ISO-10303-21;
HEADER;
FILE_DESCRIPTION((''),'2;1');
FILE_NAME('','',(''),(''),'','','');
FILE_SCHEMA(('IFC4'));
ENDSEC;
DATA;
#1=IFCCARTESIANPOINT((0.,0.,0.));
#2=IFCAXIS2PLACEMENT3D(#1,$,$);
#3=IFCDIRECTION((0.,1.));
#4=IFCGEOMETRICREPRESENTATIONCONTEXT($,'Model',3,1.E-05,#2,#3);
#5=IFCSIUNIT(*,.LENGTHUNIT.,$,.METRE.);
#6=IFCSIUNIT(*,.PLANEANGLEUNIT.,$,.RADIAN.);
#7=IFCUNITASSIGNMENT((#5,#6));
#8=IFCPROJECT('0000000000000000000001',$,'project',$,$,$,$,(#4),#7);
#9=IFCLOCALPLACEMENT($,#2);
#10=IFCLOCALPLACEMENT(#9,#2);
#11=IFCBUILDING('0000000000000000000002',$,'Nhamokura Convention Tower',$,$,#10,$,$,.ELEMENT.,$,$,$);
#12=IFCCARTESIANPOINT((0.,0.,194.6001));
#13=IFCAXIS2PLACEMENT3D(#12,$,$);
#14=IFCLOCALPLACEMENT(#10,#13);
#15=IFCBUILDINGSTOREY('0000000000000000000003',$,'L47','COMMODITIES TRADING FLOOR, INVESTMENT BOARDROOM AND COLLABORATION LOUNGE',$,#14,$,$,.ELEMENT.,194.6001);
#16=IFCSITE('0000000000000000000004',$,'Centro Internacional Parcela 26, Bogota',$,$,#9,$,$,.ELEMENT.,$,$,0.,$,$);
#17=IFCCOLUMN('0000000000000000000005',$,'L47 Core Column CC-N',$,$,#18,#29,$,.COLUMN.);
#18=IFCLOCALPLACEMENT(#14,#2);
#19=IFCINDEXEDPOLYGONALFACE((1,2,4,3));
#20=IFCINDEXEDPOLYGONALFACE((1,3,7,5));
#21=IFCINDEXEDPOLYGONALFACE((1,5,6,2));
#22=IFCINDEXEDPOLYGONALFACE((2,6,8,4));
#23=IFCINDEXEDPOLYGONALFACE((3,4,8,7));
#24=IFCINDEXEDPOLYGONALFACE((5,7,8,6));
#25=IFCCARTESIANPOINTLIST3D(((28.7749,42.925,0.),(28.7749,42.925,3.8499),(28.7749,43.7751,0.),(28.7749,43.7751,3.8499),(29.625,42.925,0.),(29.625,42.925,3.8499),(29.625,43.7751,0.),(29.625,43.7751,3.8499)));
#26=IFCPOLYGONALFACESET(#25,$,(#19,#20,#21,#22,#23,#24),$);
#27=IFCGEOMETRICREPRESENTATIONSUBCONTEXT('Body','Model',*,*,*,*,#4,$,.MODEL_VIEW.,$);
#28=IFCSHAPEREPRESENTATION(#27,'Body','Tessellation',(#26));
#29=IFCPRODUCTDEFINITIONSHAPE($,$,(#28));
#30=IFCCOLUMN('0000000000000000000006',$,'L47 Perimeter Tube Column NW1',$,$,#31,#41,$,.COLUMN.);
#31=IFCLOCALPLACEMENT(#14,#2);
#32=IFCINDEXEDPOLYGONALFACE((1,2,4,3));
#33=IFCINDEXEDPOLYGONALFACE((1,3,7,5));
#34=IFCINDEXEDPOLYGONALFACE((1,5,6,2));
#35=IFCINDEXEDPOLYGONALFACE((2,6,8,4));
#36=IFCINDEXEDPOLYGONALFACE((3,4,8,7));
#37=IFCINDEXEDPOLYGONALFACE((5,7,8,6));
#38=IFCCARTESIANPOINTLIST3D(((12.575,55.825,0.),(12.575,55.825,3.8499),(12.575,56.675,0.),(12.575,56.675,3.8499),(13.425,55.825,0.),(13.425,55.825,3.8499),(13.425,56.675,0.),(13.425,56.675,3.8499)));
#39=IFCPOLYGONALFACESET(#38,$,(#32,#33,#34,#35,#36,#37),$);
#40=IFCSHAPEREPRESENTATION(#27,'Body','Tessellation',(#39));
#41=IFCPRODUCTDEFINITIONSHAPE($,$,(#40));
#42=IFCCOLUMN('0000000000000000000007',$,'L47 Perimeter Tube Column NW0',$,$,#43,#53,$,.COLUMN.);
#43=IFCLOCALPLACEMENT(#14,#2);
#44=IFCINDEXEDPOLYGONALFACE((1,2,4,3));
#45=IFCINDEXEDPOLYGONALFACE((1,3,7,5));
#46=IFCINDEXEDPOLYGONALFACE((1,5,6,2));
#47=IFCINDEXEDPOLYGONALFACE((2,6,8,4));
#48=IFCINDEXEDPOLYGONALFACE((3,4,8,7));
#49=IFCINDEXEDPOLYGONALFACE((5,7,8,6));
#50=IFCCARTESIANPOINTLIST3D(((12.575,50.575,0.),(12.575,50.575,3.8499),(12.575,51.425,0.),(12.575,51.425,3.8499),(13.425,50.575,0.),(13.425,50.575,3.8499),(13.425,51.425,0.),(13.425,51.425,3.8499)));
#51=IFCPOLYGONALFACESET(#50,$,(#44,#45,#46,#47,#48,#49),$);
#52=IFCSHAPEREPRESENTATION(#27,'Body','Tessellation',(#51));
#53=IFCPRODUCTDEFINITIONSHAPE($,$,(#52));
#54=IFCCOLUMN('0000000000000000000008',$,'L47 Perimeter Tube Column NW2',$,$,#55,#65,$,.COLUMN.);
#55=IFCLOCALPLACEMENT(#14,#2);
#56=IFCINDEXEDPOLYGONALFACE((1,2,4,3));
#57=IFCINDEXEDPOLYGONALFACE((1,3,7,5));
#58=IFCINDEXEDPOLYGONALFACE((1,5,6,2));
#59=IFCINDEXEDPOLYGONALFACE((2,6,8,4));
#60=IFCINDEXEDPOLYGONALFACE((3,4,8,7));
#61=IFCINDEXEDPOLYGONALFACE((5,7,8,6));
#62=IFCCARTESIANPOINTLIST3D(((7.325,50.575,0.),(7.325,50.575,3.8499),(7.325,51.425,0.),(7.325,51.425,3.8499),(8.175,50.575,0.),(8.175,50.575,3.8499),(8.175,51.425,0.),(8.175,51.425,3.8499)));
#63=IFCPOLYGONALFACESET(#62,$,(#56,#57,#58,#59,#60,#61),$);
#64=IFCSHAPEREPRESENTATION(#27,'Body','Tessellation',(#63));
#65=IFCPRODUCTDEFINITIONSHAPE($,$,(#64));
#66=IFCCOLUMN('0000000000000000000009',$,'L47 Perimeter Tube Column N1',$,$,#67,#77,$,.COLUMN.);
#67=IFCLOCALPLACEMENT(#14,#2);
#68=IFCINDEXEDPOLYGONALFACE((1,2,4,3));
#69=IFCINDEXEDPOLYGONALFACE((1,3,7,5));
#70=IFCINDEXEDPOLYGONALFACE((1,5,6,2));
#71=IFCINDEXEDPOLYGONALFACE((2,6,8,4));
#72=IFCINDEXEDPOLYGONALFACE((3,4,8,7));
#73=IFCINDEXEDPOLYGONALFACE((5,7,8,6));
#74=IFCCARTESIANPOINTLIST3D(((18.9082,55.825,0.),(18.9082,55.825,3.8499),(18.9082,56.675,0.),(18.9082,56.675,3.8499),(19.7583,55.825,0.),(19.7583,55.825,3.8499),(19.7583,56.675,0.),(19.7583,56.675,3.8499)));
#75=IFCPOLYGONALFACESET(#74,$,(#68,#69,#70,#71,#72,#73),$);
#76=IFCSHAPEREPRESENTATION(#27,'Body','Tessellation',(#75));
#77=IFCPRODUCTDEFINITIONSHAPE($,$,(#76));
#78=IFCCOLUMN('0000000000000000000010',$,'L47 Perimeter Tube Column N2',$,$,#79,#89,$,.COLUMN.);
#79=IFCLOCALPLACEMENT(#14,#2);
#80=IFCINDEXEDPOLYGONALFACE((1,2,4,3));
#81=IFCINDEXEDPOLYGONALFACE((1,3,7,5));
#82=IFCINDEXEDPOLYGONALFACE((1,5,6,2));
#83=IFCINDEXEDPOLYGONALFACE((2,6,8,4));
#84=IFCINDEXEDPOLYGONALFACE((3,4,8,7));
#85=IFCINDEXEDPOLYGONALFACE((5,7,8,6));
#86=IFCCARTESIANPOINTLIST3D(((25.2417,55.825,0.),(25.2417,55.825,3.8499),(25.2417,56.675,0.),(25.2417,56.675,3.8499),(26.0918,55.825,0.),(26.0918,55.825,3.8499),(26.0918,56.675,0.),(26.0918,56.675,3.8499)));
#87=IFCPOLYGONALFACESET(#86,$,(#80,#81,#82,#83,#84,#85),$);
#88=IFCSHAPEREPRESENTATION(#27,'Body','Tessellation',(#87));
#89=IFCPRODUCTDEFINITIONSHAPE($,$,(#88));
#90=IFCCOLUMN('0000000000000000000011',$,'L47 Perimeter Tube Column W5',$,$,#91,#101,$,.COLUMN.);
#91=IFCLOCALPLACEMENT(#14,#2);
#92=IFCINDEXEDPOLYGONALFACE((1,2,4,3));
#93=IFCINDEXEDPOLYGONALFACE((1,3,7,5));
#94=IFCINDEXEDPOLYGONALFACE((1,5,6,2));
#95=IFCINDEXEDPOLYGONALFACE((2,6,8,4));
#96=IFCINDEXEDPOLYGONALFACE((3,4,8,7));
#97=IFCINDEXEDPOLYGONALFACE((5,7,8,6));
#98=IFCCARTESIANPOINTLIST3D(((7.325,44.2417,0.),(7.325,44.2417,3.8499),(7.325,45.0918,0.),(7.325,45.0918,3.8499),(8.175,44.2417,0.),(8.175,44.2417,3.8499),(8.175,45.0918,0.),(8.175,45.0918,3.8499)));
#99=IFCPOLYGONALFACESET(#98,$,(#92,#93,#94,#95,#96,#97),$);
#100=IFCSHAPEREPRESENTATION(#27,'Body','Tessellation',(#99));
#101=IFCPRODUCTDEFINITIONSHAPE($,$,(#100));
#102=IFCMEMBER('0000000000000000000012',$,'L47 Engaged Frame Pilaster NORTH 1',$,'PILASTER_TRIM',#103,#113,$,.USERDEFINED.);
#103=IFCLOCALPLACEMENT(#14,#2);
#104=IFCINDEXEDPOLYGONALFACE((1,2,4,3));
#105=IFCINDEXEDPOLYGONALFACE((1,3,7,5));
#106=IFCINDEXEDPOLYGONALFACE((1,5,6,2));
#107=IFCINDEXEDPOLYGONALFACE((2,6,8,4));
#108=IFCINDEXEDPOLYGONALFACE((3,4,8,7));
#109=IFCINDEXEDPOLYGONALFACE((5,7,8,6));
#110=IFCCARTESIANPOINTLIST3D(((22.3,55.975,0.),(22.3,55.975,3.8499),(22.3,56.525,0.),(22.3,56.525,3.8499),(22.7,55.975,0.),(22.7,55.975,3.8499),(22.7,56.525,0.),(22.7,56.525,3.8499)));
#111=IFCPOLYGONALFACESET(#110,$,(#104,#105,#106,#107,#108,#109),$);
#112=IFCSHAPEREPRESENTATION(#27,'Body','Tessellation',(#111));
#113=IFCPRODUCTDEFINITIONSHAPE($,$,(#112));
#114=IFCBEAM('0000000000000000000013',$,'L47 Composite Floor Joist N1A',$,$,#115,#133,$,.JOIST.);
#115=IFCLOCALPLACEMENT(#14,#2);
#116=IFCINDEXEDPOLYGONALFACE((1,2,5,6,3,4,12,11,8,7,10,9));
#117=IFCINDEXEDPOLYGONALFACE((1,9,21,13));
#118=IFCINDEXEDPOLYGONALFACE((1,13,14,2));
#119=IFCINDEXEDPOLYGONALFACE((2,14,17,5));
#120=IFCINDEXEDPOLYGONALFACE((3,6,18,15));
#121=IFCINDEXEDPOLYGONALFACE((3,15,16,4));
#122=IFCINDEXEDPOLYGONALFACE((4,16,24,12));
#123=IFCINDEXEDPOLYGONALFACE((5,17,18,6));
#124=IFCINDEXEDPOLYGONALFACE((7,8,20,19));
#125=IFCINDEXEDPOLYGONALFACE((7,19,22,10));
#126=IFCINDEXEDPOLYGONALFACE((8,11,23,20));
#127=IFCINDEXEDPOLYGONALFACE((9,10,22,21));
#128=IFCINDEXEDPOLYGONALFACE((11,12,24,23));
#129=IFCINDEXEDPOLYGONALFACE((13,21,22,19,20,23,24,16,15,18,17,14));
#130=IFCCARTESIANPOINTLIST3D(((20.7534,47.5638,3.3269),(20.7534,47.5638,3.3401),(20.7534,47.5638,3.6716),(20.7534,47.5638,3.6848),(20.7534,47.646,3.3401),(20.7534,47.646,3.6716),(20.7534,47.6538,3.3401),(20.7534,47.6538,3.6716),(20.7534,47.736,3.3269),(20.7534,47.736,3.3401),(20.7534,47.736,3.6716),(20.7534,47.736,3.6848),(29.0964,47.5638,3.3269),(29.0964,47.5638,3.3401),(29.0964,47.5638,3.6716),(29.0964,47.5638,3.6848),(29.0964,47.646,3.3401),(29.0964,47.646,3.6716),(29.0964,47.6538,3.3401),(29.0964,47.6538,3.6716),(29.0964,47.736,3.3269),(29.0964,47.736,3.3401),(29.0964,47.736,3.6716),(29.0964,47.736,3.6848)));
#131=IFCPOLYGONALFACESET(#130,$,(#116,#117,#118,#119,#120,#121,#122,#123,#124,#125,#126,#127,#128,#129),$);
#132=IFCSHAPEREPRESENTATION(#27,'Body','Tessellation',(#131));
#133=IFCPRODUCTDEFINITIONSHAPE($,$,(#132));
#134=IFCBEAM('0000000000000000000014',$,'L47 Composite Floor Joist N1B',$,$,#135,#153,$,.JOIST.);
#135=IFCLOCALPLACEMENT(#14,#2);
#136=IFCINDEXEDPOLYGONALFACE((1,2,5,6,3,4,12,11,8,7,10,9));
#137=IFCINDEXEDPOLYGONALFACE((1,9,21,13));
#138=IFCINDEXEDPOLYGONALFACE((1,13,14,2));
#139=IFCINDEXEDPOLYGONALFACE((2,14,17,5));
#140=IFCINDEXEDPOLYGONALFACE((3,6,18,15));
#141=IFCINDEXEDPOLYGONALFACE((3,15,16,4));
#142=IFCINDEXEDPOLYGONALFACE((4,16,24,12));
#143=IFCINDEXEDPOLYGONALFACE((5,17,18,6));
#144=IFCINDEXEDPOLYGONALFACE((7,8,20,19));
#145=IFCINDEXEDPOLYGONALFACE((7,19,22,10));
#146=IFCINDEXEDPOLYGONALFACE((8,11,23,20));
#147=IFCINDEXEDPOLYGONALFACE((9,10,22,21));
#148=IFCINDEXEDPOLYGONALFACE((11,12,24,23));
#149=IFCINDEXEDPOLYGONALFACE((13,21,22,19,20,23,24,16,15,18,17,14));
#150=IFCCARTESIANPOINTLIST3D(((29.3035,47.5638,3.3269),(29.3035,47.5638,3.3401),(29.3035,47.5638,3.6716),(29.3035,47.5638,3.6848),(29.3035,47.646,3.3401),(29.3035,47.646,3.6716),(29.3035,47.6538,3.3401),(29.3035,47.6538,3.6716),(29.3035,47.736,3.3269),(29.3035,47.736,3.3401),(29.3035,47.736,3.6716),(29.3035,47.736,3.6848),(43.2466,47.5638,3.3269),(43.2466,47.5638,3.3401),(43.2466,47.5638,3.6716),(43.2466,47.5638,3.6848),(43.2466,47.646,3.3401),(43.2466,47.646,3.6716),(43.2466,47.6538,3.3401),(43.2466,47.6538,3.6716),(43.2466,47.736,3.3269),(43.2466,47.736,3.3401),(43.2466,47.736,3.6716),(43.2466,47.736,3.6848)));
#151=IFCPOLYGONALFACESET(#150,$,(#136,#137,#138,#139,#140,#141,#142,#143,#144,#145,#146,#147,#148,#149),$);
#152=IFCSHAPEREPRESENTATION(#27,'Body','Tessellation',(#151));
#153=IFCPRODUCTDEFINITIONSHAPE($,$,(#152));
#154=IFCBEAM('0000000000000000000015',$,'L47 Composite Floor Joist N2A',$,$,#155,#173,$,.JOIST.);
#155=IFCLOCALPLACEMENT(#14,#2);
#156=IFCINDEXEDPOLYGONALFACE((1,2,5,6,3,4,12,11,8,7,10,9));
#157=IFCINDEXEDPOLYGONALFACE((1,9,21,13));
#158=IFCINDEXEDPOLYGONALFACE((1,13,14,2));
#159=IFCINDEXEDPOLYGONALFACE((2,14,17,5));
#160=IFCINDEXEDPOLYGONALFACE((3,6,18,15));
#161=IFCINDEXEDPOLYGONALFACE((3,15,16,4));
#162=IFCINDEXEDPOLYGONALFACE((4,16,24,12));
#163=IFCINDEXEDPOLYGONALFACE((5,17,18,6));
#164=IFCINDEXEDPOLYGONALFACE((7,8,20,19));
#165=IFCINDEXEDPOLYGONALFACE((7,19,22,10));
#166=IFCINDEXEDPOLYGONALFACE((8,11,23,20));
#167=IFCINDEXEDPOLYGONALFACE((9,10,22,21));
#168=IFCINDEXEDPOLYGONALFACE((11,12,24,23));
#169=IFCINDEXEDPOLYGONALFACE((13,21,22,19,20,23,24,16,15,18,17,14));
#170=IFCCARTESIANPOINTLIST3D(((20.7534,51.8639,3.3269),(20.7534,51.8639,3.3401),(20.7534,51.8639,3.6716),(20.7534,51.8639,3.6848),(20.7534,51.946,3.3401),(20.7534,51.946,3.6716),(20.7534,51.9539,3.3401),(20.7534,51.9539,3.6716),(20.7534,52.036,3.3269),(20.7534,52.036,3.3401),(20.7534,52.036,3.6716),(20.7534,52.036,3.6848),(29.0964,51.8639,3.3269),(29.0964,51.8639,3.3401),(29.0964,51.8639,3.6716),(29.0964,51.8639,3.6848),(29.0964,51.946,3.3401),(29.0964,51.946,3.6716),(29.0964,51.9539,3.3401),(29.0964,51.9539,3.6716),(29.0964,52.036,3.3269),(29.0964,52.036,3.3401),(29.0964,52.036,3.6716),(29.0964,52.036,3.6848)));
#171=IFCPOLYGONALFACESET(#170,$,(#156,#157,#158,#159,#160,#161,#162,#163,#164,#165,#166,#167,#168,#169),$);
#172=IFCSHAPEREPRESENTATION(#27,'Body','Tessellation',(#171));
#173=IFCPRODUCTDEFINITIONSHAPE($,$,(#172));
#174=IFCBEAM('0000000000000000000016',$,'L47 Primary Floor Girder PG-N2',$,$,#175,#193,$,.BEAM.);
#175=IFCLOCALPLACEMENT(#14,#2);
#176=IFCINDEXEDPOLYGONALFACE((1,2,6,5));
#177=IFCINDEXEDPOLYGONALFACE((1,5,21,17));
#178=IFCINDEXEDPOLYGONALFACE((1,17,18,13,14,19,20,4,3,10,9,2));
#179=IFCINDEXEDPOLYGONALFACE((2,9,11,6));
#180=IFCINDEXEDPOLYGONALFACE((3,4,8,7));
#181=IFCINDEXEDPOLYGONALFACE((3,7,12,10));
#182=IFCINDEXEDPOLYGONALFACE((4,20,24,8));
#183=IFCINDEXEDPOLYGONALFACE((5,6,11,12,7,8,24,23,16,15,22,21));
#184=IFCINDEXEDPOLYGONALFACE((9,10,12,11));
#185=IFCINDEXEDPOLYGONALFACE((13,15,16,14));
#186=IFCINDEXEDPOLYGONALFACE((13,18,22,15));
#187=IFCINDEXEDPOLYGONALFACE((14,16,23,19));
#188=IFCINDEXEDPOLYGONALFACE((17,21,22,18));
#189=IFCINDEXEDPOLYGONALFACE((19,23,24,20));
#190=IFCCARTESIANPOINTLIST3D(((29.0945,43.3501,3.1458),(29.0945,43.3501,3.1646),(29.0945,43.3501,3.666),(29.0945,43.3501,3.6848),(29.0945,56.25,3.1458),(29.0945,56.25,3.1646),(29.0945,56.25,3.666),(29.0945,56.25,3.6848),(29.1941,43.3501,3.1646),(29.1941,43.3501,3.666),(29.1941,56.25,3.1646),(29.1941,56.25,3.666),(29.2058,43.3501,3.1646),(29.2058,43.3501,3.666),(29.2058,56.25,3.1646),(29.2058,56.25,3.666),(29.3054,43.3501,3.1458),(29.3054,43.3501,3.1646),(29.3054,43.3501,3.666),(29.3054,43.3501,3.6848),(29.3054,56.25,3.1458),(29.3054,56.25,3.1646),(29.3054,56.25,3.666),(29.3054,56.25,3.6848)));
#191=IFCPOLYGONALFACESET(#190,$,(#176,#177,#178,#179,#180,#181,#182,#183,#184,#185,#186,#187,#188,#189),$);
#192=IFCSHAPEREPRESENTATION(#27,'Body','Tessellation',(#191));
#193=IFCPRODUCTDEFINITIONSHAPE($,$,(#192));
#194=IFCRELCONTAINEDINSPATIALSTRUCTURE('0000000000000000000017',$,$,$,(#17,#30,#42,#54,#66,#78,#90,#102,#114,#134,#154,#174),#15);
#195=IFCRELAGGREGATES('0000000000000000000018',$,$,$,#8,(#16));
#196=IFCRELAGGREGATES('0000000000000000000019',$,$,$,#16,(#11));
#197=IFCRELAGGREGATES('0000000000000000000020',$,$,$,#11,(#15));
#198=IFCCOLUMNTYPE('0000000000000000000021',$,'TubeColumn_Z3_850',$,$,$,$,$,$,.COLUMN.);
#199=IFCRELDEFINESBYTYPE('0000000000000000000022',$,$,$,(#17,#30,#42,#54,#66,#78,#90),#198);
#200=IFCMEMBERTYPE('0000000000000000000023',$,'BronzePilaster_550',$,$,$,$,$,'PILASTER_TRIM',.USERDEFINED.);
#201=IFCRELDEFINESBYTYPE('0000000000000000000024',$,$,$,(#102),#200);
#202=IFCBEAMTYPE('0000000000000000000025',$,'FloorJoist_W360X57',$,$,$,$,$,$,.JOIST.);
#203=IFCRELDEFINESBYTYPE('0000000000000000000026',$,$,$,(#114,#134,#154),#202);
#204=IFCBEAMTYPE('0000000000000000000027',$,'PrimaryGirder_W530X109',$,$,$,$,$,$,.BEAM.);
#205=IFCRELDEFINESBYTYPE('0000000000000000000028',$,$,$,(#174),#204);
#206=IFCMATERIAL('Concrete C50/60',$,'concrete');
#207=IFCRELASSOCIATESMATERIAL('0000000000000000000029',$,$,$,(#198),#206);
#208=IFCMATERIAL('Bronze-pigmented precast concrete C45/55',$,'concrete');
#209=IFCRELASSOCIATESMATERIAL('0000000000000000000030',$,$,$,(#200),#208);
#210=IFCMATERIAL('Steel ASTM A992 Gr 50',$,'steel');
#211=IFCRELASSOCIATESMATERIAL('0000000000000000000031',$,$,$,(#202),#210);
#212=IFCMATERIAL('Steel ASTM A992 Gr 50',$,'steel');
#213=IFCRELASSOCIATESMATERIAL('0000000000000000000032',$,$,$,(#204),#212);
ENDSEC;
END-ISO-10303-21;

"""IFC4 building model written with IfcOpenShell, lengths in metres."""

from ifc_helpers import new_model, si_unit, direction, frame, origin, origin_2d, place, context, subcontext, project, spatial, rectangle, i_section, extrude, material, material_profile, profile_set, type_object, element, save


model = new_model("IFC4")

# Units and contexts
model_context = context("Model", 3, precision=1e-05, world=origin(), true_north=direction((0.0, 1.0)))
body_context = subcontext(model_context, "Body", "Model", "MODEL_VIEW")
ifc_project = project(units=[si_unit("LENGTHUNIT", "METRE"), si_unit("PLANEANGLEUNIT", "RADIAN")], contexts=[model_context])

# Site, building, storey
site_placement = place(None, origin())
site = spatial("IfcSite", under=ifc_project, at=site_placement, Name="Centro Internacional Parcela 26, Bogota", CompositionType="ELEMENT", RefElevation=0.0)
building_placement = place(site_placement, origin())
building = spatial("IfcBuilding", under=site, at=building_placement, Name="Nhamokura Convention Tower", CompositionType="ELEMENT")
storey_placement = place(building_placement, frame((0.0, 0.0, 194.6001)))
storey = spatial("IfcBuildingStorey", under=building, at=storey_placement, Name="L47", Description="COMMODITIES TRADING FLOOR, INVESTMENT BOARDROOM AND COLLABORATION LOUNGE", CompositionType="ELEMENT", Elevation=194.6001)

# Columns
ifc_material_1 = material(Name="Concrete C50/60", Category="concrete")
ifc_material_profile_1 = material_profile(ifc_material_1, rectangle(XDim=0.8501, YDim=0.8501, at=origin_2d()))
ifc_profile_set_1 = profile_set([ifc_material_profile_1], Name="Concrete C50/60")
column_type = type_object("IfcColumnType", Name="TubeColumn_Z3_850", PredefinedType="COLUMN", material=ifc_profile_set_1)
for number, where, z_axis, x_axis, name in (
    (1, (29.2, 43.3501, 0.0), (0.0, 0.0, 1.0), (1.0, 0.0, 0.0), "L47 Core Column CC-N"),
    (2, (13.0, 56.25, 0.0), (0.0, 0.0, 1.0), (1.0, 0.0, 0.0), "L47 Perimeter Tube Column NW1"),
    (3, (13.0, 51.0, 0.0), (0.0, 0.0, 1.0), (1.0, 0.0, 0.0), "L47 Perimeter Tube Column NW0"),
    (4, (7.75, 51.0, 0.0), (0.0, 0.0, 1.0), (1.0, 0.0, 0.0), "L47 Perimeter Tube Column NW2"),
    (5, (19.3333, 56.25, 0.0), (0.0, 0.0, 1.0), (1.0, 0.0, 0.0), "L47 Perimeter Tube Column N1"),
    (6, (25.6667, 56.25, 0.0), (0.0, 0.0, 1.0), (1.0, 0.0, 0.0), "L47 Perimeter Tube Column N2"),
    (7, (7.75, 44.6667, 0.0), (0.0, 0.0, 1.0), (1.0, 0.0, 0.0), "L47 Perimeter Tube Column W5"),
):
    element("IfcColumn", number, at=place(storey_placement, frame(where, z_axis=z_axis, x_axis=x_axis)), inside=storey, type_object=column_type, Name=name, PredefinedType="COLUMN", context=body_context, shape_type="SweptSolid", body=[
        extrude(rectangle(XDim=0.8501, YDim=0.8501, at=origin_2d()), origin(), (0.0, 0.0, 1.0), 3.8499),
    ])

# Member
ifc_material_2 = material(Name="Bronze-pigmented precast concrete C45/55", Category="concrete")
ifc_material_profile_2 = material_profile(ifc_material_2, rectangle(XDim=0.3999, YDim=0.55, at=origin_2d()))
ifc_profile_set_2 = profile_set([ifc_material_profile_2], Name="Bronze-pigmented precast concrete C45/55")
member_type_1 = type_object("IfcMemberType", Name="BronzePilaster_550", ElementType="PILASTER_TRIM", PredefinedType="USERDEFINED", material=ifc_profile_set_2)
member_placement = place(storey_placement, frame((22.5, 56.25, 0.0), z_axis=(0.0, 0.0, 1.0), x_axis=(1.0, 0.0, 0.0)))
element("IfcMember", 8, at=member_placement, inside=storey, type_object=member_type_1, Name="L47 Engaged Frame Pilaster NORTH 1", ObjectType="PILASTER_TRIM", PredefinedType="USERDEFINED", context=body_context, shape_type="SweptSolid", body=[
    extrude(rectangle(XDim=0.3999, YDim=0.55, at=origin_2d()), origin(), (0.0, 0.0, 1.0), 3.8499),
])

# Beams
ifc_material_3 = material(Name="Steel ASTM A992 Gr 50", Category="steel")
ifc_material_profile_3 = material_profile(ifc_material_3, i_section(OverallWidth=0.1721, OverallDepth=0.3579, WebThickness=0.0078, FlangeThickness=0.0132, at=origin_2d()))
ifc_profile_set_3 = profile_set([ifc_material_profile_3], Name="Steel ASTM A992 Gr 50")
beam_type_1 = type_object("IfcBeamType", Name="FloorJoist_W360X57", PredefinedType="JOIST", material=ifc_profile_set_3)
beam_1_placement = place(storey_placement, frame((20.7534, 47.6499, 3.5059), z_axis=(1.0, 0.0, 0.0), x_axis=(0.0, 1.0, 0.0)))
element("IfcBeam", 9, at=beam_1_placement, inside=storey, type_object=beam_type_1, Name="L47 Composite Floor Joist N1A", PredefinedType="JOIST", context=body_context, shape_type="SweptSolid", body=[
    extrude(i_section(OverallWidth=0.1721, OverallDepth=0.3579, WebThickness=0.0078, FlangeThickness=0.0132, at=origin_2d()), origin(), (0.0, 0.0, 1.0), 8.343),
])
beam_2_placement = place(storey_placement, frame((29.3035, 47.6499, 3.5059), z_axis=(1.0, 0.0, 0.0), x_axis=(0.0, 1.0, 0.0)))
element("IfcBeam", 10, at=beam_2_placement, inside=storey, type_object=beam_type_1, Name="L47 Composite Floor Joist N1B", PredefinedType="JOIST", context=body_context, shape_type="SweptSolid", body=[
    extrude(i_section(OverallWidth=0.1721, OverallDepth=0.3579, WebThickness=0.0078, FlangeThickness=0.0132, at=origin_2d()), origin(), (0.0, 0.0, 1.0), 13.9431),
])
beam_3_placement = place(storey_placement, frame((20.7534, 51.95, 3.5059), z_axis=(1.0, 0.0, 0.0), x_axis=(0.0, 1.0, 0.0)))
element("IfcBeam", 11, at=beam_3_placement, inside=storey, type_object=beam_type_1, Name="L47 Composite Floor Joist N2A", PredefinedType="JOIST", context=body_context, shape_type="SweptSolid", body=[
    extrude(i_section(OverallWidth=0.1721, OverallDepth=0.3579, WebThickness=0.0078, FlangeThickness=0.0132, at=origin_2d()), origin(), (0.0, 0.0, 1.0), 8.343),
])
ifc_material_4 = material(Name="Steel ASTM A992 Gr 50", Category="steel")
ifc_material_profile_4 = material_profile(ifc_material_4, i_section(OverallWidth=0.2109, OverallDepth=0.5391, WebThickness=0.0117, FlangeThickness=0.0188, at=origin_2d()))
ifc_profile_set_4 = profile_set([ifc_material_profile_4], Name="Steel ASTM A992 Gr 50")
beam_type_2 = type_object("IfcBeamType", Name="PrimaryGirder_W530X109", PredefinedType="BEAM", material=ifc_profile_set_4)
beam_4_placement = place(storey_placement, frame((29.2, 43.3501, 3.4153), z_axis=(0.0, 1.0, 0.0), x_axis=(-1.0, 0.0, 0.0)))
element("IfcBeam", 12, at=beam_4_placement, inside=storey, type_object=beam_type_2, Name="L47 Primary Floor Girder PG-N2", PredefinedType="BEAM", context=body_context, shape_type="SweptSolid", body=[
    extrude(i_section(OverallWidth=0.2109, OverallDepth=0.5391, WebThickness=0.0117, FlangeThickness=0.0188, at=origin_2d()), origin(), (0.0, 0.0, 1.0), 12.8999),
])

save(model, "model.ifc")
